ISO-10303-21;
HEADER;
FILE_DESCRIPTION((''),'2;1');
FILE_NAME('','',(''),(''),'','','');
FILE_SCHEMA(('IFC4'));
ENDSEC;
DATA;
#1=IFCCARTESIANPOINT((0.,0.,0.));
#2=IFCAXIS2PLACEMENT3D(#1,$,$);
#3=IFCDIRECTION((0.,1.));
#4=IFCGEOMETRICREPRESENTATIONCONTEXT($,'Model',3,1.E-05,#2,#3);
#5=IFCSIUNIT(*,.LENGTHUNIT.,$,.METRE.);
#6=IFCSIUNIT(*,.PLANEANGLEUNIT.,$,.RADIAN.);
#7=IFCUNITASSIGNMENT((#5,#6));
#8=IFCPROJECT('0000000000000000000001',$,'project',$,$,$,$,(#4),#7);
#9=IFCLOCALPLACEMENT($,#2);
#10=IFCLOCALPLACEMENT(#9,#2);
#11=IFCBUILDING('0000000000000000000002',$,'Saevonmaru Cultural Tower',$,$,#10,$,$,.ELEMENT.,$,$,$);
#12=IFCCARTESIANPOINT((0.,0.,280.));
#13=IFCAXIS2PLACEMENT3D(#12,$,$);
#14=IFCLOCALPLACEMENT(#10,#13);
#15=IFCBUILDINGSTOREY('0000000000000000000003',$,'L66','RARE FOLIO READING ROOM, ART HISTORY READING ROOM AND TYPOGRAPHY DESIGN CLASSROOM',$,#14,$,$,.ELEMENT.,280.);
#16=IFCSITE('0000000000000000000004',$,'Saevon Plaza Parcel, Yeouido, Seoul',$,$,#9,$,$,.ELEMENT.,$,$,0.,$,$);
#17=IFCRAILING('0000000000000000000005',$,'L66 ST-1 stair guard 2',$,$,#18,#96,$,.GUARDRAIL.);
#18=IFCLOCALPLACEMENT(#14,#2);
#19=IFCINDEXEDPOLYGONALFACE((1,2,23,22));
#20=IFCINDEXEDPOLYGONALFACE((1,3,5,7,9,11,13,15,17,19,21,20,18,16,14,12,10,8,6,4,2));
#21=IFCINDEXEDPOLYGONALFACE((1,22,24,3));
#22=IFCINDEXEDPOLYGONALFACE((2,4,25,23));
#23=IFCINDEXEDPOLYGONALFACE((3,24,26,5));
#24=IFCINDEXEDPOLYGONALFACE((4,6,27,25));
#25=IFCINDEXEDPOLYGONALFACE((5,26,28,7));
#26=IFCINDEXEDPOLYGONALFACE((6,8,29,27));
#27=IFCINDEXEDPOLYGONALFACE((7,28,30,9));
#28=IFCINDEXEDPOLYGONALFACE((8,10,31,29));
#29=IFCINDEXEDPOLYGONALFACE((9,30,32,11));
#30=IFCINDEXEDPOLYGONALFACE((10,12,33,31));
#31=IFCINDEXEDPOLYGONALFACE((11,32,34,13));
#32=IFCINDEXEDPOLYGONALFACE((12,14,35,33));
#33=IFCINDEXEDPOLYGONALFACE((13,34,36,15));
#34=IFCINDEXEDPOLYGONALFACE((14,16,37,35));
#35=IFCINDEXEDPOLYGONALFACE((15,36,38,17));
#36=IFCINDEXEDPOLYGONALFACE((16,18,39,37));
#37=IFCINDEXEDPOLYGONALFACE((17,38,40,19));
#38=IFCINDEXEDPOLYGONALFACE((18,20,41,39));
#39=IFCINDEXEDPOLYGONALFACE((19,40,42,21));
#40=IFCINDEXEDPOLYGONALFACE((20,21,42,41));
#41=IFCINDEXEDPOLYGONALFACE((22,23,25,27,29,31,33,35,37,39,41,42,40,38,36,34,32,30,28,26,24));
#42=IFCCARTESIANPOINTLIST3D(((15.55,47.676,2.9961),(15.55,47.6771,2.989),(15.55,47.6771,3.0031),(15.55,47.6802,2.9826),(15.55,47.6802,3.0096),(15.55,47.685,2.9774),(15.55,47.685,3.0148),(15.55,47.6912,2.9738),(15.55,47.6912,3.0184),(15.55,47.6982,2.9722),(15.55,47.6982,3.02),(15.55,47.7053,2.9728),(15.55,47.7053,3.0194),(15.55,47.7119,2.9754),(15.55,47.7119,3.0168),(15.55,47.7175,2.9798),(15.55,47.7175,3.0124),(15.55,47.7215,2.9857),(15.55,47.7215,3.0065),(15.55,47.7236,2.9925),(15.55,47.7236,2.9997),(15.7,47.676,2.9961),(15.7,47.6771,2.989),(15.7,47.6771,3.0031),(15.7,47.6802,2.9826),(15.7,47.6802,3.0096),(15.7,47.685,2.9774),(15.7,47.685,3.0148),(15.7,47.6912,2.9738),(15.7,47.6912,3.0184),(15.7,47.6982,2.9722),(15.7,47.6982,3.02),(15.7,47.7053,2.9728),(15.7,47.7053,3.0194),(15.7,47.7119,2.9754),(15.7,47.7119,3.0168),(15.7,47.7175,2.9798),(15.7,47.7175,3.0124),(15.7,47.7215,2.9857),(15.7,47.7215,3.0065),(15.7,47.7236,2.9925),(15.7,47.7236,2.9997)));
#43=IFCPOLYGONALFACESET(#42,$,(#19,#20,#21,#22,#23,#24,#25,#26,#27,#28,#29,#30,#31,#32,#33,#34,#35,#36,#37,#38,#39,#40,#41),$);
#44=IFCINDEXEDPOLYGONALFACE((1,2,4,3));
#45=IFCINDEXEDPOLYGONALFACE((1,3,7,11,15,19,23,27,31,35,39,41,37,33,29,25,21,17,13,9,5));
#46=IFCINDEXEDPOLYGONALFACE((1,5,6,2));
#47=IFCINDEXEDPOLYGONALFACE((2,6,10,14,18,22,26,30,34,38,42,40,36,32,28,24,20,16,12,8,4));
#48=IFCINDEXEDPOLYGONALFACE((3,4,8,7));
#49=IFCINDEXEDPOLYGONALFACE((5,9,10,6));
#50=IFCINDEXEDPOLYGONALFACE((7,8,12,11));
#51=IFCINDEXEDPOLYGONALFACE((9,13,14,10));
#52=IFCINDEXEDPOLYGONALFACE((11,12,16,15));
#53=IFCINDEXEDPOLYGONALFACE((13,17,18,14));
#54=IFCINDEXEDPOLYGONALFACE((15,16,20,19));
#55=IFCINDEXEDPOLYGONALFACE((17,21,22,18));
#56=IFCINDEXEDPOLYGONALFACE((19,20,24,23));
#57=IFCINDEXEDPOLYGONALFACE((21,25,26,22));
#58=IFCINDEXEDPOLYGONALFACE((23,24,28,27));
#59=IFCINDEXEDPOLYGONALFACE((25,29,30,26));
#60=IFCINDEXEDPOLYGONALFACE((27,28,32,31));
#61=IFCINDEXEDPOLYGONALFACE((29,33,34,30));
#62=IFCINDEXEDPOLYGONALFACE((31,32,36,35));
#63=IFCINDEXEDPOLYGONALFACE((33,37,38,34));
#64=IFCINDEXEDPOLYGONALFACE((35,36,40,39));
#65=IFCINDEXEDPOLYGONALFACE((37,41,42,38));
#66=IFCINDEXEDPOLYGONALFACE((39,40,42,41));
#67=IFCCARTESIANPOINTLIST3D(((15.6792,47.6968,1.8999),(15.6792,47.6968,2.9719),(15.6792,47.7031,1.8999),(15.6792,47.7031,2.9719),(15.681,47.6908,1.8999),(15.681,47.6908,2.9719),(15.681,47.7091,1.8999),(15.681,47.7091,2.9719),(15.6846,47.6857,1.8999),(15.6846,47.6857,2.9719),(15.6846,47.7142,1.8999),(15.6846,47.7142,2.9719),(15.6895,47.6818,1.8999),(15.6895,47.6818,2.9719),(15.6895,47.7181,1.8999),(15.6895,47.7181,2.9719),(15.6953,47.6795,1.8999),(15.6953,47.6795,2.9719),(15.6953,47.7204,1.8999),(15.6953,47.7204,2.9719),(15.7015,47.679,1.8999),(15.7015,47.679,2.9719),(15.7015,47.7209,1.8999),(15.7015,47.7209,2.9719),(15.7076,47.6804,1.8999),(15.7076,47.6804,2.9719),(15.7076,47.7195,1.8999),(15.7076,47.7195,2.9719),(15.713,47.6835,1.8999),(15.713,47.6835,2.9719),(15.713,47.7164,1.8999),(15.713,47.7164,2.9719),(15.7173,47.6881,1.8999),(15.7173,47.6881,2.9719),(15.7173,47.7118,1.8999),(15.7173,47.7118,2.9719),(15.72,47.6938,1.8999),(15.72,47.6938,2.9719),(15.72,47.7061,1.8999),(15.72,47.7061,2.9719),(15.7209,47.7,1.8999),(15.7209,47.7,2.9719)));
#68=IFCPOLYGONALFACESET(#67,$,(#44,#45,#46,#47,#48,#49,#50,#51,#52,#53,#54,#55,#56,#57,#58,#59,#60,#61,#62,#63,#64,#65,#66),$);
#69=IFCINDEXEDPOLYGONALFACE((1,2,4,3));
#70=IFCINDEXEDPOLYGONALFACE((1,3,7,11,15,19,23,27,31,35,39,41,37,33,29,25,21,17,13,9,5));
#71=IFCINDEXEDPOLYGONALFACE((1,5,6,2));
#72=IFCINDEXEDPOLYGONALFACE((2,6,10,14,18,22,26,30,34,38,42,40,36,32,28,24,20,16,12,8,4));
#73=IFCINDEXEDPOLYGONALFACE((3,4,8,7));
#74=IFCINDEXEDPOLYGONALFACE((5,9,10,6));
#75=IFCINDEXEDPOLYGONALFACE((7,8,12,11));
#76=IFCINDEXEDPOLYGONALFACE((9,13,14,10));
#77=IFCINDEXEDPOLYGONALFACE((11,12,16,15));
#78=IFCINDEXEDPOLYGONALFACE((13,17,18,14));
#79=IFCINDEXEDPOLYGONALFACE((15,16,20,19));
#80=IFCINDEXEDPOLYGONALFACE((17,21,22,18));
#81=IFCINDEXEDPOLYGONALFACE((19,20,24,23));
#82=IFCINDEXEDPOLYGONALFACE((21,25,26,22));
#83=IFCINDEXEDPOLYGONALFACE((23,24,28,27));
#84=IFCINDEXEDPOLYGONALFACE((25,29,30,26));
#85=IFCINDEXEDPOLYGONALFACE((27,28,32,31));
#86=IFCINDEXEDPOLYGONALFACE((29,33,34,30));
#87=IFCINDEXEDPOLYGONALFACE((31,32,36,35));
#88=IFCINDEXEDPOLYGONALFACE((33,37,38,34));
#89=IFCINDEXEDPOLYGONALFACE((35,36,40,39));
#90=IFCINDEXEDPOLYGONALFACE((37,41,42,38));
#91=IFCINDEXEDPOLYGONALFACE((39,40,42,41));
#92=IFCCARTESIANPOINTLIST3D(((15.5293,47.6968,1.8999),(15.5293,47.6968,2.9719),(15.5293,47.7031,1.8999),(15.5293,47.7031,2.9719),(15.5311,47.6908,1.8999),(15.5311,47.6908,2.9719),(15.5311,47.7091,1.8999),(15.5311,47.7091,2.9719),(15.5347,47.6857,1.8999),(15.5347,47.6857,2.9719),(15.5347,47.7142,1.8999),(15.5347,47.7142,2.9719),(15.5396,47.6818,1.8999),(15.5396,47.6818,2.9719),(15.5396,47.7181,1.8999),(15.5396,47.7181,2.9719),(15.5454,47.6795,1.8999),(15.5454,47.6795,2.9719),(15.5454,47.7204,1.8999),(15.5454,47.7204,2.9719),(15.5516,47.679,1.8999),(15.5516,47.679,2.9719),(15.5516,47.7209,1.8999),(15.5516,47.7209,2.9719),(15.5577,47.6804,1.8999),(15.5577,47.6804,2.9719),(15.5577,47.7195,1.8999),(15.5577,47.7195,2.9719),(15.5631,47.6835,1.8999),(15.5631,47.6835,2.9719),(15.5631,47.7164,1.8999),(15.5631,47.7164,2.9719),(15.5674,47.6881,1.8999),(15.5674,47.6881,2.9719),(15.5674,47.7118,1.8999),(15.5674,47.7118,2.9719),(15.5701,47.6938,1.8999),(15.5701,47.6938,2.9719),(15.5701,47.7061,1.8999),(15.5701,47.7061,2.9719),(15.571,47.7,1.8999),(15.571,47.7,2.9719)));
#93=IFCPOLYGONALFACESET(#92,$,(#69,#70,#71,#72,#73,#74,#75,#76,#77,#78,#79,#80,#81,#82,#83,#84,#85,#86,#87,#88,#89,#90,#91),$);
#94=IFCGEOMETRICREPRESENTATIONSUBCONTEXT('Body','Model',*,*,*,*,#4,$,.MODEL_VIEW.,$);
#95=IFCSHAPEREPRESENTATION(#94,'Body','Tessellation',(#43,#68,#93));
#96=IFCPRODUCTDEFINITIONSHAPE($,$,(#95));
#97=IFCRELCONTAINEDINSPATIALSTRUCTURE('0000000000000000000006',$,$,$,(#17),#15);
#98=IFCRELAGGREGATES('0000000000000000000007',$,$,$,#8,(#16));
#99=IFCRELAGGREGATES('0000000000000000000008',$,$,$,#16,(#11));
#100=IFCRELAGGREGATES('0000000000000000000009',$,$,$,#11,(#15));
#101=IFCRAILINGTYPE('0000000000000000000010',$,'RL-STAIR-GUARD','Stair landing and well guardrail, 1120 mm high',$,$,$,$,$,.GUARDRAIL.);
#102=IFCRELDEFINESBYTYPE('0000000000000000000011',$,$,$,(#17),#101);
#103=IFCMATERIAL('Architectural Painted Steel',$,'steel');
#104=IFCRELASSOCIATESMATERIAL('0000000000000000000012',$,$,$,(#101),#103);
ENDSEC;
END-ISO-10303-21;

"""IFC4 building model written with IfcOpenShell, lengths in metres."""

from ifc_helpers import new_model, si_unit, direction, frame, origin, origin_2d, place, context, subcontext, project, spatial, circle, extrude, material, type_object, element, save


model = new_model("IFC4")

# Units and contexts
model_context = context("Model", 3, precision=1e-05, world=origin(), true_north=direction((0.0, 1.0)))
body_context = subcontext(model_context, "Body", "Model", "MODEL_VIEW")
ifc_project = project(units=[si_unit("LENGTHUNIT", "METRE"), si_unit("PLANEANGLEUNIT", "RADIAN")], contexts=[model_context])

# Site, building, storey
site_placement = place(None, origin())
site = spatial("IfcSite", under=ifc_project, at=site_placement, Name="Saevon Plaza Parcel, Yeouido, Seoul", CompositionType="ELEMENT", RefElevation=0.0)
building_placement = place(site_placement, origin())
building = spatial("IfcBuilding", under=site, at=building_placement, Name="Saevonmaru Cultural Tower", CompositionType="ELEMENT")
storey_placement = place(building_placement, frame((0.0, 0.0, 280.0)))
storey = spatial("IfcBuildingStorey", under=building, at=storey_placement, Name="L66", Description="RARE FOLIO READING ROOM, ART HISTORY READING ROOM AND TYPOGRAPHY DESIGN CLASSROOM", CompositionType="ELEMENT", Elevation=280.0)

# Railing
ifc_material_1 = material(Name="Architectural Painted Steel", Category="steel")
railing_type_1 = type_object("IfcRailingType", Name="RL-STAIR-GUARD", Description="Stair landing and well guardrail, 1120 mm high", PredefinedType="GUARDRAIL", material=ifc_material_1)
railing_1_placement = place(storey_placement, frame((15.7, 47.7, 1.8999)))
element("IfcRailing", 1, at=railing_1_placement, inside=storey, type_object=railing_type_1, Name="L66 ST-1 stair guard 2", PredefinedType="GUARDRAIL", context=body_context, shape_type="SweptSolid", body=[
    extrude(circle(Radius=0.0239, at=origin_2d()), frame((0.0, 0.0, 1.0962), z_axis=(-1.0, 0.0, 0.0), x_axis=(0.0, -1.0, 0.0)), (0.0, 0.0, 1.0), 0.1499),
    extrude(circle(Radius=0.021, at=origin_2d()), origin(), (0.0, 0.0, 1.0), 1.072),
    extrude(circle(Radius=0.021, at=origin_2d()), frame((-0.1499, 0.0, 0.0)), (0.0, 0.0, 1.0), 1.072),
])

save(model, "model.ifc")
